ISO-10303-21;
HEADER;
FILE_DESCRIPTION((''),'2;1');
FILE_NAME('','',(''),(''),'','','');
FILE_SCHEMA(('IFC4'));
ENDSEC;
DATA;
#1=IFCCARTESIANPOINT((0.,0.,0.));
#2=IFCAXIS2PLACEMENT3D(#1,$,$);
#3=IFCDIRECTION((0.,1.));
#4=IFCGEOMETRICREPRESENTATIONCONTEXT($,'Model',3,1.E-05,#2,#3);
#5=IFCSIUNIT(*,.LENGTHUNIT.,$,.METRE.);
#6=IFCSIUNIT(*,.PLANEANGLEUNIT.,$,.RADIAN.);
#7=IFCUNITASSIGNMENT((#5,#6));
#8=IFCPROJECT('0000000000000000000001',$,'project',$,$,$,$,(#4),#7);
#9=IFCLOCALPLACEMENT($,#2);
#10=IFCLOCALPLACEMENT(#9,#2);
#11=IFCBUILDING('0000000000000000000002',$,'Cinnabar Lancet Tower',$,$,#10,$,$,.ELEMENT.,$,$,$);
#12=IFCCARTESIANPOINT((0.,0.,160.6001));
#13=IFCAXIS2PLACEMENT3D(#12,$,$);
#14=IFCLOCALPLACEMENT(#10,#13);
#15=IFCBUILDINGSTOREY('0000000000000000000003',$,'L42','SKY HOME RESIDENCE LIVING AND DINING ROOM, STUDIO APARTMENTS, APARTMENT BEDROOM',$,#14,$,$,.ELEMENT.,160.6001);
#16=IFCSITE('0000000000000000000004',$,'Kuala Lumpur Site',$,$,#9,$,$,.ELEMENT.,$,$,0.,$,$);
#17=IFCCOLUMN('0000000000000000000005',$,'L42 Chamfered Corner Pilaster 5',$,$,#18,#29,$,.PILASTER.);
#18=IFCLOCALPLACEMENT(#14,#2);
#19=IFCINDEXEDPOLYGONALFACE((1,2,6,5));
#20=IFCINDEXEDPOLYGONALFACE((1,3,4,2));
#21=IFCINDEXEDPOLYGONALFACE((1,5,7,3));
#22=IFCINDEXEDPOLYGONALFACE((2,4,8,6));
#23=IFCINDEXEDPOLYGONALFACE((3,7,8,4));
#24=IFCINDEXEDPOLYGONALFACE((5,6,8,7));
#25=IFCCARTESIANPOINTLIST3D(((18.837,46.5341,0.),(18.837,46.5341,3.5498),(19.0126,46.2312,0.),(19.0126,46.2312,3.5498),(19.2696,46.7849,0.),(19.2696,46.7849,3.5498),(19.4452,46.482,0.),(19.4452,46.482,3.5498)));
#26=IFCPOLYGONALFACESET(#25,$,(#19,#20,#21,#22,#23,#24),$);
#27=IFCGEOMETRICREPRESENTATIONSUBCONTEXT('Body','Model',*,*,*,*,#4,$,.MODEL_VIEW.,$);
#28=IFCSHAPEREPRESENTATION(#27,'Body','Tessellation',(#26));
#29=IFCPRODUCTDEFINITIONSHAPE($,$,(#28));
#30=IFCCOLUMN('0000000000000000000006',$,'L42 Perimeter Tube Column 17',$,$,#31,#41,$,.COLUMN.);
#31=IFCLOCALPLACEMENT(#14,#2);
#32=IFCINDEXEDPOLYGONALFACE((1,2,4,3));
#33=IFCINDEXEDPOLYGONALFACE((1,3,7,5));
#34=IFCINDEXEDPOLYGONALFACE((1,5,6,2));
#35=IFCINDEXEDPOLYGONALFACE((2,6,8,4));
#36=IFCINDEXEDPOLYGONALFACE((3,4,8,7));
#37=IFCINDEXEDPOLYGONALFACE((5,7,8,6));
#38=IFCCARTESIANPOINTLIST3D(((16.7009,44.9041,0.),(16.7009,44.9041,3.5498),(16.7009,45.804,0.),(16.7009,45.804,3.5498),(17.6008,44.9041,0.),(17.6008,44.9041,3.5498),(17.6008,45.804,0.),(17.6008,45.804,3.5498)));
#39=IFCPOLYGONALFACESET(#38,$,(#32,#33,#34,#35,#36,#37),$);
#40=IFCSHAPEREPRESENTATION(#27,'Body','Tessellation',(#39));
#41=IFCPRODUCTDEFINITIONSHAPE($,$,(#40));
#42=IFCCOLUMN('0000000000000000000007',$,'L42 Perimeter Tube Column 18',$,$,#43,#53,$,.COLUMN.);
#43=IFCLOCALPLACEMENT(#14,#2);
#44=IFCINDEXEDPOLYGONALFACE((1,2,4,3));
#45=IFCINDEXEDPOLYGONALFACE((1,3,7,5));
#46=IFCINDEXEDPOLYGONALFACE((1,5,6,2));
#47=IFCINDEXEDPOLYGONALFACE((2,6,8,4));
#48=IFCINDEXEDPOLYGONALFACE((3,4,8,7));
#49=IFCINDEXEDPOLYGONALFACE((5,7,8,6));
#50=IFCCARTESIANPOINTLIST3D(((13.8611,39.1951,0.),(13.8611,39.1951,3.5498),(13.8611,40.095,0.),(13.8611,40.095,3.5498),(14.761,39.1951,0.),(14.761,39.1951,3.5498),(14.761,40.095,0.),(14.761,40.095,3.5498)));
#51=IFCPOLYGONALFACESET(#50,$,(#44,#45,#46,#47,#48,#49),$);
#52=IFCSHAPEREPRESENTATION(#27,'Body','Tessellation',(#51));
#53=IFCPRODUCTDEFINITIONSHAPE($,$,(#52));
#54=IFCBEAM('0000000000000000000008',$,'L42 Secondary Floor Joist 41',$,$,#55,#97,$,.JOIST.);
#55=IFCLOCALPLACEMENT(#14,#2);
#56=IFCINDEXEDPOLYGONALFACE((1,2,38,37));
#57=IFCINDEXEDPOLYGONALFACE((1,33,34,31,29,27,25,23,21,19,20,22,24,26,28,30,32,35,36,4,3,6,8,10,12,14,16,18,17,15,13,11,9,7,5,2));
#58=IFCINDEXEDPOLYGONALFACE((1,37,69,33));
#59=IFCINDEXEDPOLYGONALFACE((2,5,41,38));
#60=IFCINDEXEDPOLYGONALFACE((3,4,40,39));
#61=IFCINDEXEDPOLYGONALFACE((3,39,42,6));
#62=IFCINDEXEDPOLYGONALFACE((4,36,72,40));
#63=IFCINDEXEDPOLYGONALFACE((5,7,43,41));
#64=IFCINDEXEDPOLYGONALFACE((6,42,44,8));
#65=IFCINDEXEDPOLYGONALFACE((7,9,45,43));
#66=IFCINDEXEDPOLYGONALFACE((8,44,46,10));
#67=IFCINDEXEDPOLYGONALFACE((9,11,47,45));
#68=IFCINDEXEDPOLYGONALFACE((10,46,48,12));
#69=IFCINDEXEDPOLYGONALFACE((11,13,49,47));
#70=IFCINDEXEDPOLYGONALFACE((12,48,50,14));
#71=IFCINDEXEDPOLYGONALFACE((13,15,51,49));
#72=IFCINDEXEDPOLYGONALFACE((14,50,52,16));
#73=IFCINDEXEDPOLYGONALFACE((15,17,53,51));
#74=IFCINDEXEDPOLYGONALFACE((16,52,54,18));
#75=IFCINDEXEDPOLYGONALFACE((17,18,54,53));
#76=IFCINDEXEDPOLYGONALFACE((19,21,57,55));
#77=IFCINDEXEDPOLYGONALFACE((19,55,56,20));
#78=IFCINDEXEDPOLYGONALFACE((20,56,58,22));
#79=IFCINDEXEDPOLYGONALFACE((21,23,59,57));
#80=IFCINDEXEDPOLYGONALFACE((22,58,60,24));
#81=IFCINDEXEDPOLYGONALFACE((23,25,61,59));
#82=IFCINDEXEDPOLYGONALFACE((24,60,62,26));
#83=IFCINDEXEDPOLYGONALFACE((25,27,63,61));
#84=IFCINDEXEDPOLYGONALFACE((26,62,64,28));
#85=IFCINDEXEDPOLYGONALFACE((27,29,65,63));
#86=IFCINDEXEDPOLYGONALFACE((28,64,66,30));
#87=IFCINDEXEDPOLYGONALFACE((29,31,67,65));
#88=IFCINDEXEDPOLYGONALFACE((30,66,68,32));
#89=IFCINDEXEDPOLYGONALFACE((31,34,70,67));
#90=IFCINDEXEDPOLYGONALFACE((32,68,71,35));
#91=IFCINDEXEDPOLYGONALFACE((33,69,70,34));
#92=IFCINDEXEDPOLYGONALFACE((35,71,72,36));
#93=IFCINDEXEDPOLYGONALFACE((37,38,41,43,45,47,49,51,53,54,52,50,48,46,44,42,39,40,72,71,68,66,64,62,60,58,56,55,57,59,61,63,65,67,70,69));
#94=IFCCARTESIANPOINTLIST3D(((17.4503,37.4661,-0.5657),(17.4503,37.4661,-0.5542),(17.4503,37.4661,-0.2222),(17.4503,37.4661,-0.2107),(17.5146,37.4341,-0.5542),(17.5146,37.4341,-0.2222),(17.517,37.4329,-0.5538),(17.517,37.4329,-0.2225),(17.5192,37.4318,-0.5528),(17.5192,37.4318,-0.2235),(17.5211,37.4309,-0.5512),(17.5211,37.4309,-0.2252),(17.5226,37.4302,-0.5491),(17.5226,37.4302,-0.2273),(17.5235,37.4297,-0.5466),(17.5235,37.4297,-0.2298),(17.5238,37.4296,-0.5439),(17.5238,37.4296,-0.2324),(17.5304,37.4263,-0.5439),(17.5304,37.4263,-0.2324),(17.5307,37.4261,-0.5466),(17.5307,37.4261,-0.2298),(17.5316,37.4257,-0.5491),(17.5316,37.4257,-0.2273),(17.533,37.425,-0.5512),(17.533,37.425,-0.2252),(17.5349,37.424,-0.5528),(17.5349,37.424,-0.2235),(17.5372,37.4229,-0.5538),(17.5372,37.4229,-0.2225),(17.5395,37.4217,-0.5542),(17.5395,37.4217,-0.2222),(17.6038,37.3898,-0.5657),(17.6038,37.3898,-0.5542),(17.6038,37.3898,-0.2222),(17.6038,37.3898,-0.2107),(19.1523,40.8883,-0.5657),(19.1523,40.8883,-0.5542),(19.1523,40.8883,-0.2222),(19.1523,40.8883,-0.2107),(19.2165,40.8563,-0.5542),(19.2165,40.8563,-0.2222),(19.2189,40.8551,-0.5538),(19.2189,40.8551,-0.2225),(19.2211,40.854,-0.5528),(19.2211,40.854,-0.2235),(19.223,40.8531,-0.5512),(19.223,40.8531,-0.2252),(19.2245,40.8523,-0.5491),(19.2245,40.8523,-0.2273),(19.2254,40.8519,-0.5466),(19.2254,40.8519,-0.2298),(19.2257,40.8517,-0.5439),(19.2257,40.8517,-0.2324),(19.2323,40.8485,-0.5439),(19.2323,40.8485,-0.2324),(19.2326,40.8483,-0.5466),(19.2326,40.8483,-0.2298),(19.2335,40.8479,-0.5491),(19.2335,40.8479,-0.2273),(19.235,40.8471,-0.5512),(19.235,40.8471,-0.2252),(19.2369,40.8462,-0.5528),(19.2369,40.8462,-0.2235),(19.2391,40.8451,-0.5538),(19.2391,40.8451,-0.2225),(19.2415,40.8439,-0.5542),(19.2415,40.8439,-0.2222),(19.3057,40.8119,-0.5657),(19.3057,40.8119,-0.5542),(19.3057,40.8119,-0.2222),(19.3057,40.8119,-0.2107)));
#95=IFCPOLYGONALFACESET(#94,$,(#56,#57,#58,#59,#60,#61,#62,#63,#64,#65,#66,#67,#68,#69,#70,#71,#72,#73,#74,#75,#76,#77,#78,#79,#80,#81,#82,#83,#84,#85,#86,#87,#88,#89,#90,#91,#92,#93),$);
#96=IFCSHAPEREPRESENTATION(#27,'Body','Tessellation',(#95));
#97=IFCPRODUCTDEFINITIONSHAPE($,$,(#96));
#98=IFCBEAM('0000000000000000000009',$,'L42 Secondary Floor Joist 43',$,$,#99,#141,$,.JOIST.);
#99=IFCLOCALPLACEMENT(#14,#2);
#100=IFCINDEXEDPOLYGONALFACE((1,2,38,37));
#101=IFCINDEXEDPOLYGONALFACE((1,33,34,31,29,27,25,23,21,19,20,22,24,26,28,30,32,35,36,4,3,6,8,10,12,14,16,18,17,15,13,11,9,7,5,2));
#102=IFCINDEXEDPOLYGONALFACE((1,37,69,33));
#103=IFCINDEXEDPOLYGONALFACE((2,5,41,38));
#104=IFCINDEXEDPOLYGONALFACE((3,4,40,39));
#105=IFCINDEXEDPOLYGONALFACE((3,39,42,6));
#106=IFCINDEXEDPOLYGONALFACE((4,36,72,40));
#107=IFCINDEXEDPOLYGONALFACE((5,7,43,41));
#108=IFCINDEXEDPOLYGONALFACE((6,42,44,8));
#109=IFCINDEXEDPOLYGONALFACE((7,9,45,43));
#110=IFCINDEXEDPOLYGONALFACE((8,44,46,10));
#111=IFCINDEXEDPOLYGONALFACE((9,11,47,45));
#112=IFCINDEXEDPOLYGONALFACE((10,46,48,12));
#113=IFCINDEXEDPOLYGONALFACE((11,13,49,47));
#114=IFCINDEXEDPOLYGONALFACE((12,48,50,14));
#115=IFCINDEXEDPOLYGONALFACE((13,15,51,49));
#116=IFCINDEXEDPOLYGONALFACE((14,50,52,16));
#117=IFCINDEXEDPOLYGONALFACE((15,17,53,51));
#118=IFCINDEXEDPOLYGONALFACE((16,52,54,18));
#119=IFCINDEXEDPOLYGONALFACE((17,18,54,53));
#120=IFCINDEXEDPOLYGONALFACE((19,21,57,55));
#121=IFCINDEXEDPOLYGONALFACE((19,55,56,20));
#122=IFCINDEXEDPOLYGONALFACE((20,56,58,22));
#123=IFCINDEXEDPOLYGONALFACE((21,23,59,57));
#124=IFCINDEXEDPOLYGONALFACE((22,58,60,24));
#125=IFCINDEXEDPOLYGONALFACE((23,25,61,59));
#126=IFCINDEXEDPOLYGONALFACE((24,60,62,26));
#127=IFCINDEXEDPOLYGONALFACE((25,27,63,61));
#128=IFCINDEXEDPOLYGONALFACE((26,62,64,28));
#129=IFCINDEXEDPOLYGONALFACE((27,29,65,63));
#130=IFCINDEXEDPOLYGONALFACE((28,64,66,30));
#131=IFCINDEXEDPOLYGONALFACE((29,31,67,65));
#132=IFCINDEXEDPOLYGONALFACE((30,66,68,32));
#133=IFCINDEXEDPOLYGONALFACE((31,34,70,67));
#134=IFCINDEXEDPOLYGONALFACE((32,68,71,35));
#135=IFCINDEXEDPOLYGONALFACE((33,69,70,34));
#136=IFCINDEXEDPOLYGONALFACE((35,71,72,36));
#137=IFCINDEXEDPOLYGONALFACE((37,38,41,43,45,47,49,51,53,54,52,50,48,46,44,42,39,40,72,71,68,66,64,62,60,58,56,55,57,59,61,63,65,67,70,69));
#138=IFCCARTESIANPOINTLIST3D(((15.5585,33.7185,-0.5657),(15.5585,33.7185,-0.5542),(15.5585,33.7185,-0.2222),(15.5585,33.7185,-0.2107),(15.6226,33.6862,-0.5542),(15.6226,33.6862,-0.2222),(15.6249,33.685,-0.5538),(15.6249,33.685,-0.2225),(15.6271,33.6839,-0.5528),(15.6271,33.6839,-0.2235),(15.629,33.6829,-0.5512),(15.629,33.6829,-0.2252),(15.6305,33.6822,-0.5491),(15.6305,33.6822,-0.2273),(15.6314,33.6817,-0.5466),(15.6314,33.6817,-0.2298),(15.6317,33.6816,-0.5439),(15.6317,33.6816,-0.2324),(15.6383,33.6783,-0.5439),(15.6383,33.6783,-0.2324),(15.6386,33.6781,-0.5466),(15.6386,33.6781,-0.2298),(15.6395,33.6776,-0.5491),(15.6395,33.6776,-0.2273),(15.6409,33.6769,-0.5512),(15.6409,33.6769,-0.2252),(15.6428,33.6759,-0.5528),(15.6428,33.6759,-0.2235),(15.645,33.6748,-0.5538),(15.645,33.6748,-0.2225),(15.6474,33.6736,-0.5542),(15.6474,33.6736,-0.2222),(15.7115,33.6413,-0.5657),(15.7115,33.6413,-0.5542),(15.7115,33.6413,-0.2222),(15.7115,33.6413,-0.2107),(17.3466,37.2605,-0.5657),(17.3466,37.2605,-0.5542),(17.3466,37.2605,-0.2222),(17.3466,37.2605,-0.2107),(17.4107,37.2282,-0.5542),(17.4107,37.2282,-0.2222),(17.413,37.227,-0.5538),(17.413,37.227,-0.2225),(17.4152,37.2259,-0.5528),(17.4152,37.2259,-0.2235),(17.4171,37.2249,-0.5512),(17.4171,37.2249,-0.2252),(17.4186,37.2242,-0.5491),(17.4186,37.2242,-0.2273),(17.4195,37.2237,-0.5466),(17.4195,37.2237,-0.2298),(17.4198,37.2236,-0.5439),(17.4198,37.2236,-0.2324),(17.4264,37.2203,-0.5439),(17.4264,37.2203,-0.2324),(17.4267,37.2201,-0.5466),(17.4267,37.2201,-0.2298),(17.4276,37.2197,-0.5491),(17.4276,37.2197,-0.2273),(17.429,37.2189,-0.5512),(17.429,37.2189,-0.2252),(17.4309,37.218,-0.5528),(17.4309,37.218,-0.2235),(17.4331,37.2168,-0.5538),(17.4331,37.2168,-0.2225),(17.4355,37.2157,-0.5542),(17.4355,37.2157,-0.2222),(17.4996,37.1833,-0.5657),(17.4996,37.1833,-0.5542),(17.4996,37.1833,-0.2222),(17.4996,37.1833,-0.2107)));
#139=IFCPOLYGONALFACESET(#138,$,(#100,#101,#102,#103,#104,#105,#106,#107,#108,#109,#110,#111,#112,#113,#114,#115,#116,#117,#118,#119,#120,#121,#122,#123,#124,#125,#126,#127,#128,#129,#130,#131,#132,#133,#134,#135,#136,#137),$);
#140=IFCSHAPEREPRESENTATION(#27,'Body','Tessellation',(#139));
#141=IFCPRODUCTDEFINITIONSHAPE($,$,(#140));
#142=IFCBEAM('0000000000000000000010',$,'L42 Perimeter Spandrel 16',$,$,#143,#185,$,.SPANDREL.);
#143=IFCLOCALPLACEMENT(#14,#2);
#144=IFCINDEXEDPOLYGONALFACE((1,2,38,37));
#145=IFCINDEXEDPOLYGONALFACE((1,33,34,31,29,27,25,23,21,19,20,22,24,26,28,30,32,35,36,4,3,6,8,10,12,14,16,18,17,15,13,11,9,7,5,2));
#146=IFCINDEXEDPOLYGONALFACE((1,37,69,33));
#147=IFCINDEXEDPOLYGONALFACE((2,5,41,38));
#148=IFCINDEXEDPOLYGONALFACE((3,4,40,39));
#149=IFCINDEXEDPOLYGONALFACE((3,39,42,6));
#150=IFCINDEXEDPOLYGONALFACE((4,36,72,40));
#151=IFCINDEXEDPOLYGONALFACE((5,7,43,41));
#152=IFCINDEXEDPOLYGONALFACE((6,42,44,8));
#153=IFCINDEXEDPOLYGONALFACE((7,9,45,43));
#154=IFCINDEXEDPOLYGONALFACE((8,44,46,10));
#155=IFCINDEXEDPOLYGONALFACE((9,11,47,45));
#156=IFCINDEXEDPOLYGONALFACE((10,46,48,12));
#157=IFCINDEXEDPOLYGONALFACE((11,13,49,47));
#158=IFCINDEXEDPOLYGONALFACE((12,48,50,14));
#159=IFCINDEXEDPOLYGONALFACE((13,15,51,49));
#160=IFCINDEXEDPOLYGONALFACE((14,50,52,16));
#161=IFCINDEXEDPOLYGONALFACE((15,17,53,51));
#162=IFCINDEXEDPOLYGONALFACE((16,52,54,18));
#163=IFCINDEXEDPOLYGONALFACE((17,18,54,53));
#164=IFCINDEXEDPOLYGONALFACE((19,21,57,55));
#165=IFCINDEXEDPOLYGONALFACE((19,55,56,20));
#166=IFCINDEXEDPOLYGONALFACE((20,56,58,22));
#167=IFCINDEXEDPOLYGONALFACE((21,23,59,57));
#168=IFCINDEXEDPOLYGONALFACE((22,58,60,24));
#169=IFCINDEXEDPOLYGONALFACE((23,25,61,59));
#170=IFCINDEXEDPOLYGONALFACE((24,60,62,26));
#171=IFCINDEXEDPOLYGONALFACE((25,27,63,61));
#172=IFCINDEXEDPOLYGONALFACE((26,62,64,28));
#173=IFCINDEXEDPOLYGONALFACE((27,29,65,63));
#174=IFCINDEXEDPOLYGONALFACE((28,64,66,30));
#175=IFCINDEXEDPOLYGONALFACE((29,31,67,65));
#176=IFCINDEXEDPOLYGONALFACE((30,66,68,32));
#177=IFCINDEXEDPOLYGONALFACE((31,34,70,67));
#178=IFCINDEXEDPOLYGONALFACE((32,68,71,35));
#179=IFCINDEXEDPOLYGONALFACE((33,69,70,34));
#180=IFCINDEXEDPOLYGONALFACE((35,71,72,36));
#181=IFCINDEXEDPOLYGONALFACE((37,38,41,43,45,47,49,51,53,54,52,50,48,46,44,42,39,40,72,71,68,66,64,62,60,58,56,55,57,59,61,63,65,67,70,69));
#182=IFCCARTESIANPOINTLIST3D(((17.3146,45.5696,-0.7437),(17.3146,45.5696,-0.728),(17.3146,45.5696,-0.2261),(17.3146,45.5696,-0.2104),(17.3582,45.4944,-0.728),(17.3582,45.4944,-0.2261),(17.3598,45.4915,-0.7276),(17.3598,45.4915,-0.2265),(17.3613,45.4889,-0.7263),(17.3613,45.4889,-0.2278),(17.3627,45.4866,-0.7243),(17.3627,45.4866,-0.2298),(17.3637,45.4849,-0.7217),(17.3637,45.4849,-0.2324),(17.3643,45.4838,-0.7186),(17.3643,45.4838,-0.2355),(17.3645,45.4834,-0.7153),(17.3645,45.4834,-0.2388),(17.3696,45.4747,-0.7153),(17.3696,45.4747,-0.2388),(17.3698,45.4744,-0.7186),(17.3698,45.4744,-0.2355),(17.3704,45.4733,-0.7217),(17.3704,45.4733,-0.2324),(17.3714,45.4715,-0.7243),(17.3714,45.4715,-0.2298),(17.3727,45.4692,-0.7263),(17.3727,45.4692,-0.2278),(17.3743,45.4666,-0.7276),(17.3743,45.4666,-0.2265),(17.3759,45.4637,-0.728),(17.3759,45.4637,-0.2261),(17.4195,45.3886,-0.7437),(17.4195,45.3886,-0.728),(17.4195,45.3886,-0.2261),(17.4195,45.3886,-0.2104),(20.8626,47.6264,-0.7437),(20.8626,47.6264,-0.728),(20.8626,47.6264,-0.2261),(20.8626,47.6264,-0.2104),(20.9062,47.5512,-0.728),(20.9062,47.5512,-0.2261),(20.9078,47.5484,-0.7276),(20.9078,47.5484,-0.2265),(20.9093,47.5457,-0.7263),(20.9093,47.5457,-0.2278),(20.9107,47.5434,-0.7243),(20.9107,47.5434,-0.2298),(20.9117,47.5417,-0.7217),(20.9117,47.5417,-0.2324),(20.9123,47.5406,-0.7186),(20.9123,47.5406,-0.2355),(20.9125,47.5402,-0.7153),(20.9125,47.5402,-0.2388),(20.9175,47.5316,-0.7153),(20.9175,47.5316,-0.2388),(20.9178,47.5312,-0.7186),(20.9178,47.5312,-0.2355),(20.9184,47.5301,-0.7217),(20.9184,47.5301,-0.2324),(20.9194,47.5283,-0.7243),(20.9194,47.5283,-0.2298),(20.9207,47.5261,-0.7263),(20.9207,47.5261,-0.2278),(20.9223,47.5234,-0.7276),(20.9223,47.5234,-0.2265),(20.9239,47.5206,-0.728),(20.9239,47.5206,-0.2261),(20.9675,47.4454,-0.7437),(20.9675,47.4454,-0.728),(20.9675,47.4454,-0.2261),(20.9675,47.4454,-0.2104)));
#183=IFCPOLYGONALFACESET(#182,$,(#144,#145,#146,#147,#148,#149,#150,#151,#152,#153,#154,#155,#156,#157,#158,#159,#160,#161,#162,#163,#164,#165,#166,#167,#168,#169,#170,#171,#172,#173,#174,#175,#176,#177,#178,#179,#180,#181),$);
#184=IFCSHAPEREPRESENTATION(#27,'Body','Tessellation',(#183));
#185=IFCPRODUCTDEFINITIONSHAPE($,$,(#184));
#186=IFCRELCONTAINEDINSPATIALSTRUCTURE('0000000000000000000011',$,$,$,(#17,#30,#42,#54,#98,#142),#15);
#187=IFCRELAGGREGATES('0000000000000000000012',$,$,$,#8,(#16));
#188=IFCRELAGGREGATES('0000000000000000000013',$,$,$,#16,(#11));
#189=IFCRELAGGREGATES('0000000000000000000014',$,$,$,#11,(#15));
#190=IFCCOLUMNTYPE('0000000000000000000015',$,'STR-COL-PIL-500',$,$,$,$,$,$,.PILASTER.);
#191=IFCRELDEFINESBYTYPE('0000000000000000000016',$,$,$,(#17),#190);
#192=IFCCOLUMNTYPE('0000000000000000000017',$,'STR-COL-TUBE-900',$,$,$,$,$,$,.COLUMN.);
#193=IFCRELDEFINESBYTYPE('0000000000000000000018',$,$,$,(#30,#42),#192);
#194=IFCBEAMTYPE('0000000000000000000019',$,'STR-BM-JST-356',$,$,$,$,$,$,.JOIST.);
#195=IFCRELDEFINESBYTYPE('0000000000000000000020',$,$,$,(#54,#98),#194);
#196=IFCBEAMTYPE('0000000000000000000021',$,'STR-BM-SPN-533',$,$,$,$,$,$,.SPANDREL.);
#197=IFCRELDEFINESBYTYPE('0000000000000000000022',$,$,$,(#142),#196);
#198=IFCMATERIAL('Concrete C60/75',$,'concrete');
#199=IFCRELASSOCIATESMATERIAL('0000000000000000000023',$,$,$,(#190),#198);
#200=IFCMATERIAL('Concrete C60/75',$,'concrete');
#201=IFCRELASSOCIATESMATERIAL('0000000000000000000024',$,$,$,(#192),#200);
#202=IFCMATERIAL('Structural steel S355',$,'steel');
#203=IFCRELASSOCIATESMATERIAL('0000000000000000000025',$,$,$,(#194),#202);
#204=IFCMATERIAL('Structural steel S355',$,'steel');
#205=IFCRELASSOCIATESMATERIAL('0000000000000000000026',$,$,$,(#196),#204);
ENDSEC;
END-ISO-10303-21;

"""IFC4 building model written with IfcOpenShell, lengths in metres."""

from ifc_helpers import new_model, si_unit, direction, frame, origin, origin_2d, place, context, subcontext, project, spatial, rectangle, i_section, extrude, material, material_profile, profile_set, type_object, element, save


model = new_model("IFC4")

# Units and contexts
model_context = context("Model", 3, precision=1e-05, world=origin(), true_north=direction((0.0, 1.0)))
body_context = subcontext(model_context, "Body", "Model", "MODEL_VIEW")
ifc_project = project(units=[si_unit("LENGTHUNIT", "METRE"), si_unit("PLANEANGLEUNIT", "RADIAN")], contexts=[model_context])

# Site, building, storey
site_placement = place(None, origin())
site = spatial("IfcSite", under=ifc_project, at=site_placement, Name="Kuala Lumpur Site", CompositionType="ELEMENT", RefElevation=0.0)
building_placement = place(site_placement, origin())
building = spatial("IfcBuilding", under=site, at=building_placement, Name="Cinnabar Lancet Tower", CompositionType="ELEMENT")
storey_placement = place(building_placement, frame((0.0, 0.0, 160.6001)))
storey = spatial("IfcBuildingStorey", under=building, at=storey_placement, Name="L42", Description="SKY HOME RESIDENCE LIVING AND DINING ROOM, STUDIO APARTMENTS, APARTMENT BEDROOM", CompositionType="ELEMENT", Elevation=160.6001)

# Columns
ifc_material_1 = material(Name="Concrete C60/75", Category="concrete")
ifc_material_profile_1 = material_profile(ifc_material_1, rectangle(XDim=0.5, YDim=0.3501, at=origin_2d()), Name="RC-PIL 500x350")
ifc_profile_set_1 = profile_set([ifc_material_profile_1], Name="Concrete C60/75")
column_type_1 = type_object("IfcColumnType", Name="STR-COL-PIL-500", PredefinedType="PILASTER", material=ifc_profile_set_1)
column_placement = place(storey_placement, frame((19.1411, 46.5081, 0.0), z_axis=(0.0, 0.0, 1.0), x_axis=(-0.86516, -0.501496, 0.0)))
element("IfcColumn", 1, at=column_placement, inside=storey, type_object=column_type_1, Name="L42 Chamfered Corner Pilaster 5", PredefinedType="PILASTER", context=body_context, shape_type="SweptSolid", body=[
    extrude(rectangle(XDim=0.5, YDim=0.3501, at=origin_2d()), origin(), (0.0, 0.0, 1.0), 3.5498),
])
ifc_material_2 = material(Name="Concrete C60/75", Category="concrete")
ifc_material_profile_2 = material_profile(ifc_material_2, rectangle(XDim=0.8999, YDim=0.8999, at=origin_2d()), Name="RC-COL 900x900")
ifc_profile_set_2 = profile_set([ifc_material_profile_2], Name="Concrete C60/75")
column_type_2 = type_object("IfcColumnType", Name="STR-COL-TUBE-900", PredefinedType="COLUMN", material=ifc_profile_set_2)
for number, where, z_axis, x_axis, name in (
    (2, (17.1509, 45.354, 0.0), (0.0, 0.0, 1.0), (1.0, 0.0, 0.0), "L42 Perimeter Tube Column 17"),
    (3, (14.311, 39.645, 0.0), (0.0, 0.0, 1.0), (1.0, 0.0, 0.0), "L42 Perimeter Tube Column 18"),
):
    element("IfcColumn", number, at=place(storey_placement, frame(where, z_axis=z_axis, x_axis=x_axis)), inside=storey, type_object=column_type_2, Name=name, PredefinedType="COLUMN", context=body_context, shape_type="SweptSolid", body=[
        extrude(rectangle(XDim=0.8999, YDim=0.8999, at=origin_2d()), origin(), (0.0, 0.0, 1.0), 3.5498),
    ])

# Beams
ifc_material_3 = material(Name="Structural steel S355", Category="steel")
ifc_material_profile_3 = material_profile(ifc_material_3, i_section(OverallWidth=0.1714, OverallDepth=0.355, WebThickness=0.0073, FlangeThickness=0.0115, FilletRadius=0.0103, at=origin_2d()), Name="UKB 356x171x51")
ifc_profile_set_3 = profile_set([ifc_material_profile_3], Name="Structural steel S355")
beam_type_1 = type_object("IfcBeamType", Name="STR-BM-JST-356", PredefinedType="JOIST", material=ifc_profile_set_3)
beam_1_placement = place(storey_placement, frame((19.229, 40.8501, -0.3882), z_axis=(-0.445296, -0.895383, 0.0), x_axis=(0.895383, -0.445296, 0.0)))
element("IfcBeam", 4, at=beam_1_placement, inside=storey, type_object=beam_type_1, Name="L42 Secondary Floor Joist 41", PredefinedType="JOIST", context=body_context, shape_type="SweptSolid", body=[
    extrude(i_section(OverallWidth=0.1714, OverallDepth=0.355, WebThickness=0.0073, FlangeThickness=0.0115, FilletRadius=0.0103, at=origin_2d()), origin(), (0.0, 0.0, 1.0), 3.822),
])
beam_2_placement = place(storey_placement, frame((17.4231, 37.2219, -0.3882), z_axis=(-0.450656, -0.892698, 0.0), x_axis=(0.892698, -0.450656, 0.0)))
element("IfcBeam", 5, at=beam_2_placement, inside=storey, type_object=beam_type_1, Name="L42 Secondary Floor Joist 43", PredefinedType="JOIST", context=body_context, shape_type="SweptSolid", body=[
    extrude(i_section(OverallWidth=0.1714, OverallDepth=0.355, WebThickness=0.0073, FlangeThickness=0.0115, FilletRadius=0.0103, at=origin_2d()), origin(), (0.0, 0.0, 1.0), 3.9678),
])
ifc_material_4 = material(Name="Structural steel S355", Category="steel")
ifc_material_profile_4 = material_profile(ifc_material_4, i_section(OverallWidth=0.2092, OverallDepth=0.5332, WebThickness=0.01, FlangeThickness=0.0156, FilletRadius=0.0127, at=origin_2d()), Name="UKB 533x210x92")
ifc_profile_set_4 = profile_set([ifc_material_profile_4], Name="Structural steel S355")
beam_type_2 = type_object("IfcBeamType", Name="STR-BM-SPN-533", PredefinedType="SPANDREL", material=ifc_profile_set_4)
beam_3_placement = place(storey_placement, frame((20.915, 47.5359, -0.4771), z_axis=(-0.865138, -0.501534, 0.0), x_axis=(0.501534, -0.865138, 0.0)))
element("IfcBeam", 6, at=beam_3_placement, inside=storey, type_object=beam_type_2, Name="L42 Perimeter Spandrel 16", PredefinedType="SPANDREL", context=body_context, shape_type="SweptSolid", body=[
    extrude(i_section(OverallWidth=0.2092, OverallDepth=0.5332, WebThickness=0.01, FlangeThickness=0.0156, FilletRadius=0.0127, at=origin_2d()), origin(), (0.0, 0.0, 1.0), 4.1011),
])

save(model, "model.ifc")
